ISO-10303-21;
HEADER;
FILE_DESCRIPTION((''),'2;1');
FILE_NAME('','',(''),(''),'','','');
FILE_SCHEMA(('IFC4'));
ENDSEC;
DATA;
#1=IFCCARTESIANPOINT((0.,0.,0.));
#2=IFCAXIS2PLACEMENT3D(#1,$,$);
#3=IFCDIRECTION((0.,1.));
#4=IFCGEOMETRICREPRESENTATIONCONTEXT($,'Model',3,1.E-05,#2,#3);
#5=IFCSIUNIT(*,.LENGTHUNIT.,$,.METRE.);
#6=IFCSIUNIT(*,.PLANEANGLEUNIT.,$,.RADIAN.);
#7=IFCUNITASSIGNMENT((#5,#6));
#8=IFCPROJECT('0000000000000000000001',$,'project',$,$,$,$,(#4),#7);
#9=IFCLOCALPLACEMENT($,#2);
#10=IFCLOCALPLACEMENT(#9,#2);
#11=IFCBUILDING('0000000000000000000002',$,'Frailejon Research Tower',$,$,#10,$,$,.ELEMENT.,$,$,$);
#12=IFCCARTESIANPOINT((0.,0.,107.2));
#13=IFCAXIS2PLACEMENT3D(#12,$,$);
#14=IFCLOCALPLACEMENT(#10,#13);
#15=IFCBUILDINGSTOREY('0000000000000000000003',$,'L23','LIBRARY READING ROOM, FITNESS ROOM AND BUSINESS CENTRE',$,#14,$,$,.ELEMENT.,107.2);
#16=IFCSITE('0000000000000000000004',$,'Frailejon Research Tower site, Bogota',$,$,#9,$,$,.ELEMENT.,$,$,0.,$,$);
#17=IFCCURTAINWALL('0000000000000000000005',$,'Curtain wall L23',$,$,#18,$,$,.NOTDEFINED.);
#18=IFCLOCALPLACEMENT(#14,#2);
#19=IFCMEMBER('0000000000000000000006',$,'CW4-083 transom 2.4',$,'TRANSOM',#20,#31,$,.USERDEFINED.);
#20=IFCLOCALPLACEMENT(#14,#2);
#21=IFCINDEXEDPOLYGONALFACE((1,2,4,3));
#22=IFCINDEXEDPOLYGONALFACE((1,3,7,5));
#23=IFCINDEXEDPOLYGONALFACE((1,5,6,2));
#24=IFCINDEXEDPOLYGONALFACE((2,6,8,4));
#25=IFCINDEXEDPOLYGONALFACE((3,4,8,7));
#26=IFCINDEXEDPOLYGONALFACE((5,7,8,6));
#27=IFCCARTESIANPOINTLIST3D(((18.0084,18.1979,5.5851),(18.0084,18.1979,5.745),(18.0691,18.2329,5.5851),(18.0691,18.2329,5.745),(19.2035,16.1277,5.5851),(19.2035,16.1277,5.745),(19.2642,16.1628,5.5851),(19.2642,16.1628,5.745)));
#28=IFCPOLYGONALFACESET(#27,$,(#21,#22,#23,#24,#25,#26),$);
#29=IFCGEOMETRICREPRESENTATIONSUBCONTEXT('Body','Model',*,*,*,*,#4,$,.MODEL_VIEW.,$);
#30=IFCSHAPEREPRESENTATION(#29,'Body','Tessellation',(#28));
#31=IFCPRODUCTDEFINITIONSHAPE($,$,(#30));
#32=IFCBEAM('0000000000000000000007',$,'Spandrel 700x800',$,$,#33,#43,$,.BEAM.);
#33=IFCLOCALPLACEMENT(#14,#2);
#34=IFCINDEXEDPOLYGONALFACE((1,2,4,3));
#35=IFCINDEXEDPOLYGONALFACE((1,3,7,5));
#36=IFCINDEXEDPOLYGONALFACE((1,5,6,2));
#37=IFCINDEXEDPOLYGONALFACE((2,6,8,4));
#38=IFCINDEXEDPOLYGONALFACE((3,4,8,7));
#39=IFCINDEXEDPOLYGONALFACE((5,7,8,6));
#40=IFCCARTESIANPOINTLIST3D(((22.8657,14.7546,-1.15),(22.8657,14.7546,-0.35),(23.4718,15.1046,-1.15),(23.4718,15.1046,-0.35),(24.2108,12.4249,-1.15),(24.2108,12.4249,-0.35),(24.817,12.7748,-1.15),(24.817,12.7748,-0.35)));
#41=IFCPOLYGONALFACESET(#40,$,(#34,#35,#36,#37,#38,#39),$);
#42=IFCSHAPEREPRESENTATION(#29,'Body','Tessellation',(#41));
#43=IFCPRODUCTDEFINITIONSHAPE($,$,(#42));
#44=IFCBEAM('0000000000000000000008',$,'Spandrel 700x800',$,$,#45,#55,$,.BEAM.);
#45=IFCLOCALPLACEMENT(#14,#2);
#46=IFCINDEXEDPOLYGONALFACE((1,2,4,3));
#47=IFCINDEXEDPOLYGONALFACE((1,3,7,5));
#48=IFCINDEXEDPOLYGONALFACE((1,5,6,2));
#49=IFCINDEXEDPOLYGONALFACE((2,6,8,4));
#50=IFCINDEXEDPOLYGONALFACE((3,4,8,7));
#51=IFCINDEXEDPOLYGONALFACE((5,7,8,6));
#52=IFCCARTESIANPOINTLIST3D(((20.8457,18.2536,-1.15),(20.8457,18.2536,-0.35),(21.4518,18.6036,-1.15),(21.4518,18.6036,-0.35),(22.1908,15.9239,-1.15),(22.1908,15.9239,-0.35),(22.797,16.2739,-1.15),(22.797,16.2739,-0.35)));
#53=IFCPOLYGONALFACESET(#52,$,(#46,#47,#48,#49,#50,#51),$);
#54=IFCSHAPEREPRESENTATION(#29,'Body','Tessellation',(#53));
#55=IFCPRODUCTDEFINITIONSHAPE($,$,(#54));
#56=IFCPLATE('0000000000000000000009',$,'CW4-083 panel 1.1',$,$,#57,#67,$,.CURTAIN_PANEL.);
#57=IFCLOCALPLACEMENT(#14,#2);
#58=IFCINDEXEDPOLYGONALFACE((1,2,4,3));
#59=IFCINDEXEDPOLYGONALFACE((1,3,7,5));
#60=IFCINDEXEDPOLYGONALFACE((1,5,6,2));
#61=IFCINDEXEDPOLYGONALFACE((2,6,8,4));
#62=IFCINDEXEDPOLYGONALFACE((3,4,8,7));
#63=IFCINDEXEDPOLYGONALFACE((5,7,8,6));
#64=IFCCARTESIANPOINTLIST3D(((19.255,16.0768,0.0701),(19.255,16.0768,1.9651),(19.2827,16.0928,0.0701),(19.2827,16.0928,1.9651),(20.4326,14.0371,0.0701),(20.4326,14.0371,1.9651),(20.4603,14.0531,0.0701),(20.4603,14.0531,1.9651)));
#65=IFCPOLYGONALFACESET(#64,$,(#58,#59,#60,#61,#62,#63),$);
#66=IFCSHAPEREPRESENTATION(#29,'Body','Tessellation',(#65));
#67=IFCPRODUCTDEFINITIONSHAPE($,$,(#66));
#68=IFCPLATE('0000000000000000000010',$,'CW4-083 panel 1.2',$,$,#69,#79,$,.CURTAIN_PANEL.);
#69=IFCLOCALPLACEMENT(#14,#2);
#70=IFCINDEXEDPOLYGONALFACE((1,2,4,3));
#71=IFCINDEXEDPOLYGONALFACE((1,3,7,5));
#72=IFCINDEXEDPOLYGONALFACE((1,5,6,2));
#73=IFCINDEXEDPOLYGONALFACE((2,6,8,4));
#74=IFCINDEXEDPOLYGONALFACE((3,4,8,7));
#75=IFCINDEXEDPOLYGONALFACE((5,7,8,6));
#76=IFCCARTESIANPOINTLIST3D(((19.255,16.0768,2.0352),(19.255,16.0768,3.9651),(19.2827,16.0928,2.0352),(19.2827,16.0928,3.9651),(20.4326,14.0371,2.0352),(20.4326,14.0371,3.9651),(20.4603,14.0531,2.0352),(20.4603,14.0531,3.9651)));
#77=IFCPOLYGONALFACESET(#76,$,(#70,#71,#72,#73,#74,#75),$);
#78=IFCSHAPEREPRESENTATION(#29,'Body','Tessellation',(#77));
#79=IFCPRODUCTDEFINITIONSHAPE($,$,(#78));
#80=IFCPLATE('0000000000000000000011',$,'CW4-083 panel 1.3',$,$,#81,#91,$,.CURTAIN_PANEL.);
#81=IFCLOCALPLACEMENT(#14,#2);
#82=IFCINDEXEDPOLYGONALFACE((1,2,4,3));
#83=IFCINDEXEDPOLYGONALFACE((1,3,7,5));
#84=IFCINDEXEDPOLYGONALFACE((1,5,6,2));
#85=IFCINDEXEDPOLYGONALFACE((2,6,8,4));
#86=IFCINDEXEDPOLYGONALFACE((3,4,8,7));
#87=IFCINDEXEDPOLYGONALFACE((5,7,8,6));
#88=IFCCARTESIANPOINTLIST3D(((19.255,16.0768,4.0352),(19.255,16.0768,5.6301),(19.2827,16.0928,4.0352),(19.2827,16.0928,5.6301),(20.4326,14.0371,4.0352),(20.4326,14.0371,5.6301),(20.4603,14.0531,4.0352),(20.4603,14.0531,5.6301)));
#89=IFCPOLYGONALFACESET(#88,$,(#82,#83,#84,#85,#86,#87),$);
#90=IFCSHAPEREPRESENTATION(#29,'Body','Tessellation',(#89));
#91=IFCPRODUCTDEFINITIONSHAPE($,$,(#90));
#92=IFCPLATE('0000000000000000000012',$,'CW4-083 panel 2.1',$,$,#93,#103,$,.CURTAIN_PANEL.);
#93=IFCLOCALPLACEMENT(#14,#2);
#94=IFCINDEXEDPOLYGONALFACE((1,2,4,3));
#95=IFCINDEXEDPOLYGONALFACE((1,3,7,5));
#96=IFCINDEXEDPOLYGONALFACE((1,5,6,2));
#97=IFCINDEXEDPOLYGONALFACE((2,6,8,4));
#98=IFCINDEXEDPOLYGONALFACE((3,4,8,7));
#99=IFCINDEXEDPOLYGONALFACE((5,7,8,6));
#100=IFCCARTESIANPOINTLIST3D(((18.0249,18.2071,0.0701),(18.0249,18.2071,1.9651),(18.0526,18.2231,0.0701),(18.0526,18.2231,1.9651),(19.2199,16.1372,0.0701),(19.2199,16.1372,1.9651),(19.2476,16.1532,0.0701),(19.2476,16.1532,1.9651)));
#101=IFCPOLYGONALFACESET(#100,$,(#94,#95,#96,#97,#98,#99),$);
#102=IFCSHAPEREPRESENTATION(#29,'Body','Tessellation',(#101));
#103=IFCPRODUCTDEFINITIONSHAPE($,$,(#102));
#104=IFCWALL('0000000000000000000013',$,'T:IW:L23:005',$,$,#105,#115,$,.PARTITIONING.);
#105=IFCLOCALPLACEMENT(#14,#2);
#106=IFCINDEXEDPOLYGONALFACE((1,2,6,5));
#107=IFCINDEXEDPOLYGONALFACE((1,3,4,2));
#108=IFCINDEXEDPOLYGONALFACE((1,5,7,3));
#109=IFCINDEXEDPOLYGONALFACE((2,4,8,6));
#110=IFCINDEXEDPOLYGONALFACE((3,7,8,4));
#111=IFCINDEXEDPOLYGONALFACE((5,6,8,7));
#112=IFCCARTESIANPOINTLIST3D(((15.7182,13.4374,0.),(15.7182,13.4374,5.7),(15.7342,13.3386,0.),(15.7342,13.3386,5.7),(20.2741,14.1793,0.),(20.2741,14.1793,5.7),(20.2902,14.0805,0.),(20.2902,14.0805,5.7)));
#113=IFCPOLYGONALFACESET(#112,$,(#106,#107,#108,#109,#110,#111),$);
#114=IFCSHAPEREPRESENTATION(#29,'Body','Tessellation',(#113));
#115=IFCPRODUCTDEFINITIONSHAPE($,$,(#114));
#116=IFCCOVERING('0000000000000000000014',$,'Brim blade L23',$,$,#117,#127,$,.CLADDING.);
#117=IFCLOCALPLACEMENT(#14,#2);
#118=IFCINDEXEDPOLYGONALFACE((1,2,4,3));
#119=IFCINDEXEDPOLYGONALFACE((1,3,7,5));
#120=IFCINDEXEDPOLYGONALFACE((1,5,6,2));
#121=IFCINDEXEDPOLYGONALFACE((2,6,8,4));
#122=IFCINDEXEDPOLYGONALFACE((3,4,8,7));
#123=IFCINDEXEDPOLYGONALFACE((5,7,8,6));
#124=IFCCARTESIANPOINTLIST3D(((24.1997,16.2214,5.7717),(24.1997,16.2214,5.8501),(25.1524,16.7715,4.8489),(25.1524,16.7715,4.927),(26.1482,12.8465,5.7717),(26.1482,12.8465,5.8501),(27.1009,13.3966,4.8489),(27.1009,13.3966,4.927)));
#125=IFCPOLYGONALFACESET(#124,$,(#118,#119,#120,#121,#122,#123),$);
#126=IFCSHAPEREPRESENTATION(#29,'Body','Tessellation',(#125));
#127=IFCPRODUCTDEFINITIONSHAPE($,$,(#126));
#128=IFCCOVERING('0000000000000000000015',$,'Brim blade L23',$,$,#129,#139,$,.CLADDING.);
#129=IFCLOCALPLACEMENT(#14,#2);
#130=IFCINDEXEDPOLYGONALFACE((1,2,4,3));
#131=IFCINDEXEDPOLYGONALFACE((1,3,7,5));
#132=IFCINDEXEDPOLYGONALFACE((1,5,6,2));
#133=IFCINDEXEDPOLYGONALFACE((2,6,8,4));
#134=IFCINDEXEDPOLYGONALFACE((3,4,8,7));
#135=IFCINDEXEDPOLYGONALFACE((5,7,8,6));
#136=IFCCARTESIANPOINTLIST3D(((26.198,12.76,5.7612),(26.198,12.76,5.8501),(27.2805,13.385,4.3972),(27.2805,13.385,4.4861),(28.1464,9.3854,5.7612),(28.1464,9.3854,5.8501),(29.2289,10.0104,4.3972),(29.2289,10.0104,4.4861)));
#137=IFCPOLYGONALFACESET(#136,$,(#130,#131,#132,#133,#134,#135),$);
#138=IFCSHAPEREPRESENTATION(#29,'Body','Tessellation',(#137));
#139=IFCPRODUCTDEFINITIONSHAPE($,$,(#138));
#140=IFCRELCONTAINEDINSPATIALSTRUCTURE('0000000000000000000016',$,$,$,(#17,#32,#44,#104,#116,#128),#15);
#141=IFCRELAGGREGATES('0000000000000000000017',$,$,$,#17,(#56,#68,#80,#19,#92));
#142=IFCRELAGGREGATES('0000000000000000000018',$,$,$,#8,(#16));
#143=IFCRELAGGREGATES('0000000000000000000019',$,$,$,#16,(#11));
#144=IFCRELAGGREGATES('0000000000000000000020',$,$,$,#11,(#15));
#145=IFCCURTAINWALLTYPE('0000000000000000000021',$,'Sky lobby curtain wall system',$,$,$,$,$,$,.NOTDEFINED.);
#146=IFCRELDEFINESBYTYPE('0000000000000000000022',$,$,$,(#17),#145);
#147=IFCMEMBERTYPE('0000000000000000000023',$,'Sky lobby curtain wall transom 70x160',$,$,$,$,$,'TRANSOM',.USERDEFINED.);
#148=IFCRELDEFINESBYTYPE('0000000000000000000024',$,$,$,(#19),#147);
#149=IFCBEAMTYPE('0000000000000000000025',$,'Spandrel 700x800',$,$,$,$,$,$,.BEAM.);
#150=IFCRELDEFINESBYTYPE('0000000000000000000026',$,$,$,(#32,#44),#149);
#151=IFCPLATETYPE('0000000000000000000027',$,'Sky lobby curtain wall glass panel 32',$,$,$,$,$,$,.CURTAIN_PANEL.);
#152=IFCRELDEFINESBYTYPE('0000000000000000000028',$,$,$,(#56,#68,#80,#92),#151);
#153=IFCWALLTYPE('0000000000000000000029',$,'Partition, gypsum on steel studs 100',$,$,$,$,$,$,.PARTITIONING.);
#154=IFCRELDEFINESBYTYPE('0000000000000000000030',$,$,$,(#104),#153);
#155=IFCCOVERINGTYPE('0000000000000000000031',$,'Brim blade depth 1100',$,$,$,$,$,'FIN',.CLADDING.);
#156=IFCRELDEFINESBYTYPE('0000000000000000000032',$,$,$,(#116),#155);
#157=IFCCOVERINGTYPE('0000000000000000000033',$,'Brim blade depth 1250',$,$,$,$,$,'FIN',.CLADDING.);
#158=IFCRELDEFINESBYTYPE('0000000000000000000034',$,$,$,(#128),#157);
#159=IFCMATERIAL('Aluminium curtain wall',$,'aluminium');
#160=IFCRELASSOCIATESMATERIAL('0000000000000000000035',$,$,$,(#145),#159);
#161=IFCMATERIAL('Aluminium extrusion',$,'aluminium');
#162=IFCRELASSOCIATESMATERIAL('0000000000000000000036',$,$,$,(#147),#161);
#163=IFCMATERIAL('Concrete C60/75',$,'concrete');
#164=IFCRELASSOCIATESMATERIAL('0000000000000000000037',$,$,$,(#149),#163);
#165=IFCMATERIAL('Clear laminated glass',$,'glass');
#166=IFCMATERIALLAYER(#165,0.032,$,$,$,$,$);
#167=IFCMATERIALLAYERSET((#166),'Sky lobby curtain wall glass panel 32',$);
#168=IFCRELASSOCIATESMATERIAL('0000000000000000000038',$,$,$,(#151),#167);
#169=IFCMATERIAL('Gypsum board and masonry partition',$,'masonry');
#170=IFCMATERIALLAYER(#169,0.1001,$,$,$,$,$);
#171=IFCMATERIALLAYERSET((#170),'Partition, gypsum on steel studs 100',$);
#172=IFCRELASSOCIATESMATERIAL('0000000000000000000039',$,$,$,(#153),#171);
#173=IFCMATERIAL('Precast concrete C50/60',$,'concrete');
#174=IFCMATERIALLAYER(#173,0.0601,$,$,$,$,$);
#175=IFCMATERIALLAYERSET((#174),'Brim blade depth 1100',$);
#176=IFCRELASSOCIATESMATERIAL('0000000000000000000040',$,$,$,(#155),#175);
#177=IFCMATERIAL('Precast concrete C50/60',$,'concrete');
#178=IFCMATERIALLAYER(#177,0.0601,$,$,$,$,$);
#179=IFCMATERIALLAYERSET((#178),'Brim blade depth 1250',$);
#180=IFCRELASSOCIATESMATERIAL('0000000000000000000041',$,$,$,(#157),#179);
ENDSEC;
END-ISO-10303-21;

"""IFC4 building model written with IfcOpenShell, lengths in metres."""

from ifc_helpers import new_model, si_unit, direction, frame, frame_2d, origin, origin_2d, place, context, subcontext, project, spatial, polyline, rectangle, outline, extrude, material, layer, layer_set, material_profile, profile_set, type_object, element, aggregate, save


model = new_model("IFC4")

# Units and contexts
model_context = context("Model", 3, precision=1e-05, world=origin(), true_north=direction((0.0, 1.0)))
body_context = subcontext(model_context, "Body", "Model", "MODEL_VIEW")
ifc_project = project(units=[si_unit("LENGTHUNIT", "METRE"), si_unit("PLANEANGLEUNIT", "RADIAN")], contexts=[model_context])

# Site, building, storey
site_placement = place(None, origin())
site = spatial("IfcSite", under=ifc_project, at=site_placement, Name="Frailejon Research Tower site, Bogota", CompositionType="ELEMENT", RefElevation=0.0)
building_placement = place(site_placement, origin())
building = spatial("IfcBuilding", under=site, at=building_placement, Name="Frailejon Research Tower", CompositionType="ELEMENT")
storey_placement = place(building_placement, frame((0.0, 0.0, 107.2)))
storey = spatial("IfcBuildingStorey", under=building, at=storey_placement, Name="L23", Description="LIBRARY READING ROOM, FITNESS ROOM AND BUSINESS CENTRE", CompositionType="ELEMENT", Elevation=107.2)

# Shared definitions
ifc_material_1 = material(Name="Aluminium curtain wall", Category="aluminium")
curtain_wall_type = type_object("IfcCurtainWallType", Name="Sky lobby curtain wall system", PredefinedType="NOTDEFINED", material=ifc_material_1)

# Curtain wall, member
curtain_wall_1_placement = place(storey_placement, origin())
curtain_wall_1 = element("IfcCurtainWall", 1, at=curtain_wall_1_placement, inside=storey, type_object=curtain_wall_type, Name="Curtain wall L23", PredefinedType="NOTDEFINED")
ifc_material_2 = material(Name="Aluminium extrusion", Category="aluminium")
ifc_material_profile_1 = material_profile(ifc_material_2, rectangle(XDim=0.0701, YDim=0.1599, at=origin_2d()), Name="Sky lobby curtain wall transom 70x160")
ifc_profile_set_1 = profile_set([ifc_material_profile_1], Name="Aluminium extrusion")
member_type_1 = type_object("IfcMemberType", Name="Sky lobby curtain wall transom 70x160", ElementType="TRANSOM", PredefinedType="USERDEFINED", material=ifc_profile_set_1)
member_1_placement = place(storey_placement, frame((19.2339, 16.1453, 5.665), z_axis=(-0.499973, 0.866041, 0.0), x_axis=(-0.866041, -0.499973, 0.0)))
member_1 = element("IfcMember", 2, at=member_1_placement, type_object=member_type_1, Name="CW4-083 transom 2.4", ObjectType="TRANSOM", PredefinedType="USERDEFINED", context=body_context, shape_type="SweptSolid", body=[
    extrude(rectangle(XDim=0.0701, YDim=0.1599, at=origin_2d()), origin(), (0.0, 0.0, 1.0), 2.3904),
])

# Beams
ifc_material_3 = material(Name="Concrete C60/75", Category="concrete")
ifc_material_profile_2 = material_profile(ifc_material_3, rectangle(XDim=0.7, YDim=0.8, at=origin_2d()), Name="Spandrel 700x800")
ifc_profile_set_2 = profile_set([ifc_material_profile_2], Name="Concrete C60/75")
beam_type_1 = type_object("IfcBeamType", Name="Spandrel 700x800", PredefinedType="BEAM", material=ifc_profile_set_2)
for number, where, z_axis, x_axis, name in (
    (3, (24.5139, 12.5999, -0.75), (-0.500024, 0.866012, 0.0), (-0.866012, -0.500024, 0.0), "Spandrel 700x800"),
    (4, (22.4939, 16.0989, -0.75), (-0.500024, 0.866012, 0.0), (-0.866012, -0.500024, 0.0), "Spandrel 700x800"),
):
    element("IfcBeam", number, at=place(storey_placement, frame(where, z_axis=z_axis, x_axis=x_axis)), inside=storey, type_object=beam_type_1, Name=name, PredefinedType="BEAM", context=body_context, shape_type="SweptSolid", body=[
        extrude(rectangle(XDim=0.7, YDim=0.8, at=origin_2d()), origin(), (0.0, 0.0, 1.0), 2.6902),
    ])

# Plates
ifc_material_4 = material(Name="Clear laminated glass", Category="glass")
ifc_layer_1 = layer(ifc_material_4, 0.032)
ifc_layer_set_1 = layer_set([ifc_layer_1], Name="Sky lobby curtain wall glass panel 32")
plate_type = type_object("IfcPlateType", Name="Sky lobby curtain wall glass panel 32", PredefinedType="CURTAIN_PANEL", material=ifc_layer_set_1)
plate_1_placement = place(storey_placement, frame((19.8577, 15.0649, 0.0701), z_axis=(0.0, 0.0, 1.0), x_axis=(-0.499995, 0.866028, 0.0)))
plate_1 = element("IfcPlate", 5, at=plate_1_placement, type_object=plate_type, Name="CW4-083 panel 1.1", PredefinedType="CURTAIN_PANEL", context=body_context, shape_type="SweptSolid", body=[
    extrude(rectangle(XDim=2.3552, YDim=0.032, at=origin_2d()), origin(), (0.0, 0.0, 1.0), 1.895),
])
plate_2_placement = place(storey_placement, frame((19.8577, 15.0649, 2.0352), z_axis=(0.0, 0.0, 1.0), x_axis=(-0.499995, 0.866028, 0.0)))
plate_2 = element("IfcPlate", 6, at=plate_2_placement, type_object=plate_type, Name="CW4-083 panel 1.2", PredefinedType="CURTAIN_PANEL", context=body_context, shape_type="SweptSolid", body=[
    extrude(rectangle(XDim=2.3552, YDim=0.032, at=origin_2d()), origin(), (0.0, 0.0, 1.0), 1.9299),
])
plate_3_placement = place(storey_placement, frame((19.8577, 15.0649, 4.0352), z_axis=(0.0, 0.0, 1.0), x_axis=(-0.499995, 0.866028, 0.0)))
plate_3 = element("IfcPlate", 7, at=plate_3_placement, type_object=plate_type, Name="CW4-083 panel 1.3", PredefinedType="CURTAIN_PANEL", context=body_context, shape_type="SweptSolid", body=[
    extrude(rectangle(XDim=2.3552, YDim=0.032, at=origin_2d()), origin(), (0.0, 0.0, 1.0), 1.595),
])
plate_4_placement = place(storey_placement, frame((18.6362, 17.1802, 0.0701), z_axis=(0.0, 0.0, 1.0), x_axis=(-0.499995, 0.866028, 0.0)))
plate_4 = element("IfcPlate", 8, at=plate_4_placement, type_object=plate_type, Name="CW4-083 panel 2.1", PredefinedType="CURTAIN_PANEL", context=body_context, shape_type="SweptSolid", body=[
    extrude(rectangle(XDim=2.3901, YDim=0.032, at=origin_2d()), origin(), (0.0, 0.0, 1.0), 1.895),
])
aggregate(curtain_wall_1, [plate_1, plate_2, plate_3, member_1, plate_4])

# Wall
ifc_material_5 = material(Name="Gypsum board and masonry partition", Category="masonry")
ifc_layer_2 = layer(ifc_material_5, 0.1001)
ifc_layer_set_2 = layer_set([ifc_layer_2], Name="Partition, gypsum on steel studs 100")
wall_type_1 = type_object("IfcWallType", Name="Partition, gypsum on steel studs 100", PredefinedType="PARTITIONING", material=ifc_layer_set_2)
wall_1_placement = place(storey_placement, frame((15.7261, 13.3879, 0.0), z_axis=(0.0, 0.0, 1.0), x_axis=(0.986998, 0.160736, 0.0)))
element("IfcWall", 9, at=wall_1_placement, inside=storey, type_object=wall_type_1, Name="T:IW:L23:005", PredefinedType="PARTITIONING", context=body_context, shape_type="SweptSolid", body=[
    extrude(rectangle(XDim=4.616, YDim=0.1001, at=frame_2d((2.3081, 0.0))), origin(), (0.0, 0.0, 1.0), 5.7),
])

# Coverings
ifc_material_6 = material(Name="Precast concrete C50/60", Category="concrete")
ifc_layer_3 = layer(ifc_material_6, 0.0601)
ifc_layer_set_3 = layer_set([ifc_layer_3], Name="Brim blade depth 1100")
covering_type_1 = type_object("IfcCoveringType", Name="Brim blade depth 1100", ElementType="FIN", PredefinedType="CLADDING", material=ifc_layer_set_3)
covering_1_placement = place(storey_placement, frame((24.1997, 16.2214, 5.8501), z_axis=(0.499992, -0.86603, 0.0), x_axis=(0.86603, 0.499992, 0.0)))
element("IfcCovering", 10, at=covering_1_placement, inside=storey, type_object=covering_type_1, Name="Brim blade L23", PredefinedType="CLADDING", context=body_context, shape_type="SweptSolid", body=[
    extrude(outline(polyline([(0.0, -0.0784), (1.1001, -1.0012), (1.1001, -0.9231), (0.0, 0.0), (0.0, -0.0784)])), origin(), (0.0, 0.0, 1.0), 3.897),
])
ifc_material_7 = material(Name="Precast concrete C50/60", Category="concrete")
ifc_layer_4 = layer(ifc_material_7, 0.0601)
ifc_layer_set_4 = layer_set([ifc_layer_4], Name="Brim blade depth 1250")
covering_type_2 = type_object("IfcCoveringType", Name="Brim blade depth 1250", ElementType="FIN", PredefinedType="CLADDING", material=ifc_layer_set_4)
covering_2_placement = place(storey_placement, frame((26.198, 12.76, 5.8501), z_axis=(0.500003, -0.866024, 0.0), x_axis=(0.866024, 0.500003, 0.0)))
element("IfcCovering", 11, at=covering_2_placement, inside=storey, type_object=covering_type_2, Name="Brim blade L23", PredefinedType="CLADDING", context=body_context, shape_type="SweptSolid", body=[
    extrude(outline(polyline([(0.0, -0.0889), (1.25, -1.4529), (1.25, -1.364), (0.0, 0.0), (0.0, -0.0889)])), origin(), (0.0, 0.0, 1.0), 3.8967),
])

save(model, "model.ifc")
